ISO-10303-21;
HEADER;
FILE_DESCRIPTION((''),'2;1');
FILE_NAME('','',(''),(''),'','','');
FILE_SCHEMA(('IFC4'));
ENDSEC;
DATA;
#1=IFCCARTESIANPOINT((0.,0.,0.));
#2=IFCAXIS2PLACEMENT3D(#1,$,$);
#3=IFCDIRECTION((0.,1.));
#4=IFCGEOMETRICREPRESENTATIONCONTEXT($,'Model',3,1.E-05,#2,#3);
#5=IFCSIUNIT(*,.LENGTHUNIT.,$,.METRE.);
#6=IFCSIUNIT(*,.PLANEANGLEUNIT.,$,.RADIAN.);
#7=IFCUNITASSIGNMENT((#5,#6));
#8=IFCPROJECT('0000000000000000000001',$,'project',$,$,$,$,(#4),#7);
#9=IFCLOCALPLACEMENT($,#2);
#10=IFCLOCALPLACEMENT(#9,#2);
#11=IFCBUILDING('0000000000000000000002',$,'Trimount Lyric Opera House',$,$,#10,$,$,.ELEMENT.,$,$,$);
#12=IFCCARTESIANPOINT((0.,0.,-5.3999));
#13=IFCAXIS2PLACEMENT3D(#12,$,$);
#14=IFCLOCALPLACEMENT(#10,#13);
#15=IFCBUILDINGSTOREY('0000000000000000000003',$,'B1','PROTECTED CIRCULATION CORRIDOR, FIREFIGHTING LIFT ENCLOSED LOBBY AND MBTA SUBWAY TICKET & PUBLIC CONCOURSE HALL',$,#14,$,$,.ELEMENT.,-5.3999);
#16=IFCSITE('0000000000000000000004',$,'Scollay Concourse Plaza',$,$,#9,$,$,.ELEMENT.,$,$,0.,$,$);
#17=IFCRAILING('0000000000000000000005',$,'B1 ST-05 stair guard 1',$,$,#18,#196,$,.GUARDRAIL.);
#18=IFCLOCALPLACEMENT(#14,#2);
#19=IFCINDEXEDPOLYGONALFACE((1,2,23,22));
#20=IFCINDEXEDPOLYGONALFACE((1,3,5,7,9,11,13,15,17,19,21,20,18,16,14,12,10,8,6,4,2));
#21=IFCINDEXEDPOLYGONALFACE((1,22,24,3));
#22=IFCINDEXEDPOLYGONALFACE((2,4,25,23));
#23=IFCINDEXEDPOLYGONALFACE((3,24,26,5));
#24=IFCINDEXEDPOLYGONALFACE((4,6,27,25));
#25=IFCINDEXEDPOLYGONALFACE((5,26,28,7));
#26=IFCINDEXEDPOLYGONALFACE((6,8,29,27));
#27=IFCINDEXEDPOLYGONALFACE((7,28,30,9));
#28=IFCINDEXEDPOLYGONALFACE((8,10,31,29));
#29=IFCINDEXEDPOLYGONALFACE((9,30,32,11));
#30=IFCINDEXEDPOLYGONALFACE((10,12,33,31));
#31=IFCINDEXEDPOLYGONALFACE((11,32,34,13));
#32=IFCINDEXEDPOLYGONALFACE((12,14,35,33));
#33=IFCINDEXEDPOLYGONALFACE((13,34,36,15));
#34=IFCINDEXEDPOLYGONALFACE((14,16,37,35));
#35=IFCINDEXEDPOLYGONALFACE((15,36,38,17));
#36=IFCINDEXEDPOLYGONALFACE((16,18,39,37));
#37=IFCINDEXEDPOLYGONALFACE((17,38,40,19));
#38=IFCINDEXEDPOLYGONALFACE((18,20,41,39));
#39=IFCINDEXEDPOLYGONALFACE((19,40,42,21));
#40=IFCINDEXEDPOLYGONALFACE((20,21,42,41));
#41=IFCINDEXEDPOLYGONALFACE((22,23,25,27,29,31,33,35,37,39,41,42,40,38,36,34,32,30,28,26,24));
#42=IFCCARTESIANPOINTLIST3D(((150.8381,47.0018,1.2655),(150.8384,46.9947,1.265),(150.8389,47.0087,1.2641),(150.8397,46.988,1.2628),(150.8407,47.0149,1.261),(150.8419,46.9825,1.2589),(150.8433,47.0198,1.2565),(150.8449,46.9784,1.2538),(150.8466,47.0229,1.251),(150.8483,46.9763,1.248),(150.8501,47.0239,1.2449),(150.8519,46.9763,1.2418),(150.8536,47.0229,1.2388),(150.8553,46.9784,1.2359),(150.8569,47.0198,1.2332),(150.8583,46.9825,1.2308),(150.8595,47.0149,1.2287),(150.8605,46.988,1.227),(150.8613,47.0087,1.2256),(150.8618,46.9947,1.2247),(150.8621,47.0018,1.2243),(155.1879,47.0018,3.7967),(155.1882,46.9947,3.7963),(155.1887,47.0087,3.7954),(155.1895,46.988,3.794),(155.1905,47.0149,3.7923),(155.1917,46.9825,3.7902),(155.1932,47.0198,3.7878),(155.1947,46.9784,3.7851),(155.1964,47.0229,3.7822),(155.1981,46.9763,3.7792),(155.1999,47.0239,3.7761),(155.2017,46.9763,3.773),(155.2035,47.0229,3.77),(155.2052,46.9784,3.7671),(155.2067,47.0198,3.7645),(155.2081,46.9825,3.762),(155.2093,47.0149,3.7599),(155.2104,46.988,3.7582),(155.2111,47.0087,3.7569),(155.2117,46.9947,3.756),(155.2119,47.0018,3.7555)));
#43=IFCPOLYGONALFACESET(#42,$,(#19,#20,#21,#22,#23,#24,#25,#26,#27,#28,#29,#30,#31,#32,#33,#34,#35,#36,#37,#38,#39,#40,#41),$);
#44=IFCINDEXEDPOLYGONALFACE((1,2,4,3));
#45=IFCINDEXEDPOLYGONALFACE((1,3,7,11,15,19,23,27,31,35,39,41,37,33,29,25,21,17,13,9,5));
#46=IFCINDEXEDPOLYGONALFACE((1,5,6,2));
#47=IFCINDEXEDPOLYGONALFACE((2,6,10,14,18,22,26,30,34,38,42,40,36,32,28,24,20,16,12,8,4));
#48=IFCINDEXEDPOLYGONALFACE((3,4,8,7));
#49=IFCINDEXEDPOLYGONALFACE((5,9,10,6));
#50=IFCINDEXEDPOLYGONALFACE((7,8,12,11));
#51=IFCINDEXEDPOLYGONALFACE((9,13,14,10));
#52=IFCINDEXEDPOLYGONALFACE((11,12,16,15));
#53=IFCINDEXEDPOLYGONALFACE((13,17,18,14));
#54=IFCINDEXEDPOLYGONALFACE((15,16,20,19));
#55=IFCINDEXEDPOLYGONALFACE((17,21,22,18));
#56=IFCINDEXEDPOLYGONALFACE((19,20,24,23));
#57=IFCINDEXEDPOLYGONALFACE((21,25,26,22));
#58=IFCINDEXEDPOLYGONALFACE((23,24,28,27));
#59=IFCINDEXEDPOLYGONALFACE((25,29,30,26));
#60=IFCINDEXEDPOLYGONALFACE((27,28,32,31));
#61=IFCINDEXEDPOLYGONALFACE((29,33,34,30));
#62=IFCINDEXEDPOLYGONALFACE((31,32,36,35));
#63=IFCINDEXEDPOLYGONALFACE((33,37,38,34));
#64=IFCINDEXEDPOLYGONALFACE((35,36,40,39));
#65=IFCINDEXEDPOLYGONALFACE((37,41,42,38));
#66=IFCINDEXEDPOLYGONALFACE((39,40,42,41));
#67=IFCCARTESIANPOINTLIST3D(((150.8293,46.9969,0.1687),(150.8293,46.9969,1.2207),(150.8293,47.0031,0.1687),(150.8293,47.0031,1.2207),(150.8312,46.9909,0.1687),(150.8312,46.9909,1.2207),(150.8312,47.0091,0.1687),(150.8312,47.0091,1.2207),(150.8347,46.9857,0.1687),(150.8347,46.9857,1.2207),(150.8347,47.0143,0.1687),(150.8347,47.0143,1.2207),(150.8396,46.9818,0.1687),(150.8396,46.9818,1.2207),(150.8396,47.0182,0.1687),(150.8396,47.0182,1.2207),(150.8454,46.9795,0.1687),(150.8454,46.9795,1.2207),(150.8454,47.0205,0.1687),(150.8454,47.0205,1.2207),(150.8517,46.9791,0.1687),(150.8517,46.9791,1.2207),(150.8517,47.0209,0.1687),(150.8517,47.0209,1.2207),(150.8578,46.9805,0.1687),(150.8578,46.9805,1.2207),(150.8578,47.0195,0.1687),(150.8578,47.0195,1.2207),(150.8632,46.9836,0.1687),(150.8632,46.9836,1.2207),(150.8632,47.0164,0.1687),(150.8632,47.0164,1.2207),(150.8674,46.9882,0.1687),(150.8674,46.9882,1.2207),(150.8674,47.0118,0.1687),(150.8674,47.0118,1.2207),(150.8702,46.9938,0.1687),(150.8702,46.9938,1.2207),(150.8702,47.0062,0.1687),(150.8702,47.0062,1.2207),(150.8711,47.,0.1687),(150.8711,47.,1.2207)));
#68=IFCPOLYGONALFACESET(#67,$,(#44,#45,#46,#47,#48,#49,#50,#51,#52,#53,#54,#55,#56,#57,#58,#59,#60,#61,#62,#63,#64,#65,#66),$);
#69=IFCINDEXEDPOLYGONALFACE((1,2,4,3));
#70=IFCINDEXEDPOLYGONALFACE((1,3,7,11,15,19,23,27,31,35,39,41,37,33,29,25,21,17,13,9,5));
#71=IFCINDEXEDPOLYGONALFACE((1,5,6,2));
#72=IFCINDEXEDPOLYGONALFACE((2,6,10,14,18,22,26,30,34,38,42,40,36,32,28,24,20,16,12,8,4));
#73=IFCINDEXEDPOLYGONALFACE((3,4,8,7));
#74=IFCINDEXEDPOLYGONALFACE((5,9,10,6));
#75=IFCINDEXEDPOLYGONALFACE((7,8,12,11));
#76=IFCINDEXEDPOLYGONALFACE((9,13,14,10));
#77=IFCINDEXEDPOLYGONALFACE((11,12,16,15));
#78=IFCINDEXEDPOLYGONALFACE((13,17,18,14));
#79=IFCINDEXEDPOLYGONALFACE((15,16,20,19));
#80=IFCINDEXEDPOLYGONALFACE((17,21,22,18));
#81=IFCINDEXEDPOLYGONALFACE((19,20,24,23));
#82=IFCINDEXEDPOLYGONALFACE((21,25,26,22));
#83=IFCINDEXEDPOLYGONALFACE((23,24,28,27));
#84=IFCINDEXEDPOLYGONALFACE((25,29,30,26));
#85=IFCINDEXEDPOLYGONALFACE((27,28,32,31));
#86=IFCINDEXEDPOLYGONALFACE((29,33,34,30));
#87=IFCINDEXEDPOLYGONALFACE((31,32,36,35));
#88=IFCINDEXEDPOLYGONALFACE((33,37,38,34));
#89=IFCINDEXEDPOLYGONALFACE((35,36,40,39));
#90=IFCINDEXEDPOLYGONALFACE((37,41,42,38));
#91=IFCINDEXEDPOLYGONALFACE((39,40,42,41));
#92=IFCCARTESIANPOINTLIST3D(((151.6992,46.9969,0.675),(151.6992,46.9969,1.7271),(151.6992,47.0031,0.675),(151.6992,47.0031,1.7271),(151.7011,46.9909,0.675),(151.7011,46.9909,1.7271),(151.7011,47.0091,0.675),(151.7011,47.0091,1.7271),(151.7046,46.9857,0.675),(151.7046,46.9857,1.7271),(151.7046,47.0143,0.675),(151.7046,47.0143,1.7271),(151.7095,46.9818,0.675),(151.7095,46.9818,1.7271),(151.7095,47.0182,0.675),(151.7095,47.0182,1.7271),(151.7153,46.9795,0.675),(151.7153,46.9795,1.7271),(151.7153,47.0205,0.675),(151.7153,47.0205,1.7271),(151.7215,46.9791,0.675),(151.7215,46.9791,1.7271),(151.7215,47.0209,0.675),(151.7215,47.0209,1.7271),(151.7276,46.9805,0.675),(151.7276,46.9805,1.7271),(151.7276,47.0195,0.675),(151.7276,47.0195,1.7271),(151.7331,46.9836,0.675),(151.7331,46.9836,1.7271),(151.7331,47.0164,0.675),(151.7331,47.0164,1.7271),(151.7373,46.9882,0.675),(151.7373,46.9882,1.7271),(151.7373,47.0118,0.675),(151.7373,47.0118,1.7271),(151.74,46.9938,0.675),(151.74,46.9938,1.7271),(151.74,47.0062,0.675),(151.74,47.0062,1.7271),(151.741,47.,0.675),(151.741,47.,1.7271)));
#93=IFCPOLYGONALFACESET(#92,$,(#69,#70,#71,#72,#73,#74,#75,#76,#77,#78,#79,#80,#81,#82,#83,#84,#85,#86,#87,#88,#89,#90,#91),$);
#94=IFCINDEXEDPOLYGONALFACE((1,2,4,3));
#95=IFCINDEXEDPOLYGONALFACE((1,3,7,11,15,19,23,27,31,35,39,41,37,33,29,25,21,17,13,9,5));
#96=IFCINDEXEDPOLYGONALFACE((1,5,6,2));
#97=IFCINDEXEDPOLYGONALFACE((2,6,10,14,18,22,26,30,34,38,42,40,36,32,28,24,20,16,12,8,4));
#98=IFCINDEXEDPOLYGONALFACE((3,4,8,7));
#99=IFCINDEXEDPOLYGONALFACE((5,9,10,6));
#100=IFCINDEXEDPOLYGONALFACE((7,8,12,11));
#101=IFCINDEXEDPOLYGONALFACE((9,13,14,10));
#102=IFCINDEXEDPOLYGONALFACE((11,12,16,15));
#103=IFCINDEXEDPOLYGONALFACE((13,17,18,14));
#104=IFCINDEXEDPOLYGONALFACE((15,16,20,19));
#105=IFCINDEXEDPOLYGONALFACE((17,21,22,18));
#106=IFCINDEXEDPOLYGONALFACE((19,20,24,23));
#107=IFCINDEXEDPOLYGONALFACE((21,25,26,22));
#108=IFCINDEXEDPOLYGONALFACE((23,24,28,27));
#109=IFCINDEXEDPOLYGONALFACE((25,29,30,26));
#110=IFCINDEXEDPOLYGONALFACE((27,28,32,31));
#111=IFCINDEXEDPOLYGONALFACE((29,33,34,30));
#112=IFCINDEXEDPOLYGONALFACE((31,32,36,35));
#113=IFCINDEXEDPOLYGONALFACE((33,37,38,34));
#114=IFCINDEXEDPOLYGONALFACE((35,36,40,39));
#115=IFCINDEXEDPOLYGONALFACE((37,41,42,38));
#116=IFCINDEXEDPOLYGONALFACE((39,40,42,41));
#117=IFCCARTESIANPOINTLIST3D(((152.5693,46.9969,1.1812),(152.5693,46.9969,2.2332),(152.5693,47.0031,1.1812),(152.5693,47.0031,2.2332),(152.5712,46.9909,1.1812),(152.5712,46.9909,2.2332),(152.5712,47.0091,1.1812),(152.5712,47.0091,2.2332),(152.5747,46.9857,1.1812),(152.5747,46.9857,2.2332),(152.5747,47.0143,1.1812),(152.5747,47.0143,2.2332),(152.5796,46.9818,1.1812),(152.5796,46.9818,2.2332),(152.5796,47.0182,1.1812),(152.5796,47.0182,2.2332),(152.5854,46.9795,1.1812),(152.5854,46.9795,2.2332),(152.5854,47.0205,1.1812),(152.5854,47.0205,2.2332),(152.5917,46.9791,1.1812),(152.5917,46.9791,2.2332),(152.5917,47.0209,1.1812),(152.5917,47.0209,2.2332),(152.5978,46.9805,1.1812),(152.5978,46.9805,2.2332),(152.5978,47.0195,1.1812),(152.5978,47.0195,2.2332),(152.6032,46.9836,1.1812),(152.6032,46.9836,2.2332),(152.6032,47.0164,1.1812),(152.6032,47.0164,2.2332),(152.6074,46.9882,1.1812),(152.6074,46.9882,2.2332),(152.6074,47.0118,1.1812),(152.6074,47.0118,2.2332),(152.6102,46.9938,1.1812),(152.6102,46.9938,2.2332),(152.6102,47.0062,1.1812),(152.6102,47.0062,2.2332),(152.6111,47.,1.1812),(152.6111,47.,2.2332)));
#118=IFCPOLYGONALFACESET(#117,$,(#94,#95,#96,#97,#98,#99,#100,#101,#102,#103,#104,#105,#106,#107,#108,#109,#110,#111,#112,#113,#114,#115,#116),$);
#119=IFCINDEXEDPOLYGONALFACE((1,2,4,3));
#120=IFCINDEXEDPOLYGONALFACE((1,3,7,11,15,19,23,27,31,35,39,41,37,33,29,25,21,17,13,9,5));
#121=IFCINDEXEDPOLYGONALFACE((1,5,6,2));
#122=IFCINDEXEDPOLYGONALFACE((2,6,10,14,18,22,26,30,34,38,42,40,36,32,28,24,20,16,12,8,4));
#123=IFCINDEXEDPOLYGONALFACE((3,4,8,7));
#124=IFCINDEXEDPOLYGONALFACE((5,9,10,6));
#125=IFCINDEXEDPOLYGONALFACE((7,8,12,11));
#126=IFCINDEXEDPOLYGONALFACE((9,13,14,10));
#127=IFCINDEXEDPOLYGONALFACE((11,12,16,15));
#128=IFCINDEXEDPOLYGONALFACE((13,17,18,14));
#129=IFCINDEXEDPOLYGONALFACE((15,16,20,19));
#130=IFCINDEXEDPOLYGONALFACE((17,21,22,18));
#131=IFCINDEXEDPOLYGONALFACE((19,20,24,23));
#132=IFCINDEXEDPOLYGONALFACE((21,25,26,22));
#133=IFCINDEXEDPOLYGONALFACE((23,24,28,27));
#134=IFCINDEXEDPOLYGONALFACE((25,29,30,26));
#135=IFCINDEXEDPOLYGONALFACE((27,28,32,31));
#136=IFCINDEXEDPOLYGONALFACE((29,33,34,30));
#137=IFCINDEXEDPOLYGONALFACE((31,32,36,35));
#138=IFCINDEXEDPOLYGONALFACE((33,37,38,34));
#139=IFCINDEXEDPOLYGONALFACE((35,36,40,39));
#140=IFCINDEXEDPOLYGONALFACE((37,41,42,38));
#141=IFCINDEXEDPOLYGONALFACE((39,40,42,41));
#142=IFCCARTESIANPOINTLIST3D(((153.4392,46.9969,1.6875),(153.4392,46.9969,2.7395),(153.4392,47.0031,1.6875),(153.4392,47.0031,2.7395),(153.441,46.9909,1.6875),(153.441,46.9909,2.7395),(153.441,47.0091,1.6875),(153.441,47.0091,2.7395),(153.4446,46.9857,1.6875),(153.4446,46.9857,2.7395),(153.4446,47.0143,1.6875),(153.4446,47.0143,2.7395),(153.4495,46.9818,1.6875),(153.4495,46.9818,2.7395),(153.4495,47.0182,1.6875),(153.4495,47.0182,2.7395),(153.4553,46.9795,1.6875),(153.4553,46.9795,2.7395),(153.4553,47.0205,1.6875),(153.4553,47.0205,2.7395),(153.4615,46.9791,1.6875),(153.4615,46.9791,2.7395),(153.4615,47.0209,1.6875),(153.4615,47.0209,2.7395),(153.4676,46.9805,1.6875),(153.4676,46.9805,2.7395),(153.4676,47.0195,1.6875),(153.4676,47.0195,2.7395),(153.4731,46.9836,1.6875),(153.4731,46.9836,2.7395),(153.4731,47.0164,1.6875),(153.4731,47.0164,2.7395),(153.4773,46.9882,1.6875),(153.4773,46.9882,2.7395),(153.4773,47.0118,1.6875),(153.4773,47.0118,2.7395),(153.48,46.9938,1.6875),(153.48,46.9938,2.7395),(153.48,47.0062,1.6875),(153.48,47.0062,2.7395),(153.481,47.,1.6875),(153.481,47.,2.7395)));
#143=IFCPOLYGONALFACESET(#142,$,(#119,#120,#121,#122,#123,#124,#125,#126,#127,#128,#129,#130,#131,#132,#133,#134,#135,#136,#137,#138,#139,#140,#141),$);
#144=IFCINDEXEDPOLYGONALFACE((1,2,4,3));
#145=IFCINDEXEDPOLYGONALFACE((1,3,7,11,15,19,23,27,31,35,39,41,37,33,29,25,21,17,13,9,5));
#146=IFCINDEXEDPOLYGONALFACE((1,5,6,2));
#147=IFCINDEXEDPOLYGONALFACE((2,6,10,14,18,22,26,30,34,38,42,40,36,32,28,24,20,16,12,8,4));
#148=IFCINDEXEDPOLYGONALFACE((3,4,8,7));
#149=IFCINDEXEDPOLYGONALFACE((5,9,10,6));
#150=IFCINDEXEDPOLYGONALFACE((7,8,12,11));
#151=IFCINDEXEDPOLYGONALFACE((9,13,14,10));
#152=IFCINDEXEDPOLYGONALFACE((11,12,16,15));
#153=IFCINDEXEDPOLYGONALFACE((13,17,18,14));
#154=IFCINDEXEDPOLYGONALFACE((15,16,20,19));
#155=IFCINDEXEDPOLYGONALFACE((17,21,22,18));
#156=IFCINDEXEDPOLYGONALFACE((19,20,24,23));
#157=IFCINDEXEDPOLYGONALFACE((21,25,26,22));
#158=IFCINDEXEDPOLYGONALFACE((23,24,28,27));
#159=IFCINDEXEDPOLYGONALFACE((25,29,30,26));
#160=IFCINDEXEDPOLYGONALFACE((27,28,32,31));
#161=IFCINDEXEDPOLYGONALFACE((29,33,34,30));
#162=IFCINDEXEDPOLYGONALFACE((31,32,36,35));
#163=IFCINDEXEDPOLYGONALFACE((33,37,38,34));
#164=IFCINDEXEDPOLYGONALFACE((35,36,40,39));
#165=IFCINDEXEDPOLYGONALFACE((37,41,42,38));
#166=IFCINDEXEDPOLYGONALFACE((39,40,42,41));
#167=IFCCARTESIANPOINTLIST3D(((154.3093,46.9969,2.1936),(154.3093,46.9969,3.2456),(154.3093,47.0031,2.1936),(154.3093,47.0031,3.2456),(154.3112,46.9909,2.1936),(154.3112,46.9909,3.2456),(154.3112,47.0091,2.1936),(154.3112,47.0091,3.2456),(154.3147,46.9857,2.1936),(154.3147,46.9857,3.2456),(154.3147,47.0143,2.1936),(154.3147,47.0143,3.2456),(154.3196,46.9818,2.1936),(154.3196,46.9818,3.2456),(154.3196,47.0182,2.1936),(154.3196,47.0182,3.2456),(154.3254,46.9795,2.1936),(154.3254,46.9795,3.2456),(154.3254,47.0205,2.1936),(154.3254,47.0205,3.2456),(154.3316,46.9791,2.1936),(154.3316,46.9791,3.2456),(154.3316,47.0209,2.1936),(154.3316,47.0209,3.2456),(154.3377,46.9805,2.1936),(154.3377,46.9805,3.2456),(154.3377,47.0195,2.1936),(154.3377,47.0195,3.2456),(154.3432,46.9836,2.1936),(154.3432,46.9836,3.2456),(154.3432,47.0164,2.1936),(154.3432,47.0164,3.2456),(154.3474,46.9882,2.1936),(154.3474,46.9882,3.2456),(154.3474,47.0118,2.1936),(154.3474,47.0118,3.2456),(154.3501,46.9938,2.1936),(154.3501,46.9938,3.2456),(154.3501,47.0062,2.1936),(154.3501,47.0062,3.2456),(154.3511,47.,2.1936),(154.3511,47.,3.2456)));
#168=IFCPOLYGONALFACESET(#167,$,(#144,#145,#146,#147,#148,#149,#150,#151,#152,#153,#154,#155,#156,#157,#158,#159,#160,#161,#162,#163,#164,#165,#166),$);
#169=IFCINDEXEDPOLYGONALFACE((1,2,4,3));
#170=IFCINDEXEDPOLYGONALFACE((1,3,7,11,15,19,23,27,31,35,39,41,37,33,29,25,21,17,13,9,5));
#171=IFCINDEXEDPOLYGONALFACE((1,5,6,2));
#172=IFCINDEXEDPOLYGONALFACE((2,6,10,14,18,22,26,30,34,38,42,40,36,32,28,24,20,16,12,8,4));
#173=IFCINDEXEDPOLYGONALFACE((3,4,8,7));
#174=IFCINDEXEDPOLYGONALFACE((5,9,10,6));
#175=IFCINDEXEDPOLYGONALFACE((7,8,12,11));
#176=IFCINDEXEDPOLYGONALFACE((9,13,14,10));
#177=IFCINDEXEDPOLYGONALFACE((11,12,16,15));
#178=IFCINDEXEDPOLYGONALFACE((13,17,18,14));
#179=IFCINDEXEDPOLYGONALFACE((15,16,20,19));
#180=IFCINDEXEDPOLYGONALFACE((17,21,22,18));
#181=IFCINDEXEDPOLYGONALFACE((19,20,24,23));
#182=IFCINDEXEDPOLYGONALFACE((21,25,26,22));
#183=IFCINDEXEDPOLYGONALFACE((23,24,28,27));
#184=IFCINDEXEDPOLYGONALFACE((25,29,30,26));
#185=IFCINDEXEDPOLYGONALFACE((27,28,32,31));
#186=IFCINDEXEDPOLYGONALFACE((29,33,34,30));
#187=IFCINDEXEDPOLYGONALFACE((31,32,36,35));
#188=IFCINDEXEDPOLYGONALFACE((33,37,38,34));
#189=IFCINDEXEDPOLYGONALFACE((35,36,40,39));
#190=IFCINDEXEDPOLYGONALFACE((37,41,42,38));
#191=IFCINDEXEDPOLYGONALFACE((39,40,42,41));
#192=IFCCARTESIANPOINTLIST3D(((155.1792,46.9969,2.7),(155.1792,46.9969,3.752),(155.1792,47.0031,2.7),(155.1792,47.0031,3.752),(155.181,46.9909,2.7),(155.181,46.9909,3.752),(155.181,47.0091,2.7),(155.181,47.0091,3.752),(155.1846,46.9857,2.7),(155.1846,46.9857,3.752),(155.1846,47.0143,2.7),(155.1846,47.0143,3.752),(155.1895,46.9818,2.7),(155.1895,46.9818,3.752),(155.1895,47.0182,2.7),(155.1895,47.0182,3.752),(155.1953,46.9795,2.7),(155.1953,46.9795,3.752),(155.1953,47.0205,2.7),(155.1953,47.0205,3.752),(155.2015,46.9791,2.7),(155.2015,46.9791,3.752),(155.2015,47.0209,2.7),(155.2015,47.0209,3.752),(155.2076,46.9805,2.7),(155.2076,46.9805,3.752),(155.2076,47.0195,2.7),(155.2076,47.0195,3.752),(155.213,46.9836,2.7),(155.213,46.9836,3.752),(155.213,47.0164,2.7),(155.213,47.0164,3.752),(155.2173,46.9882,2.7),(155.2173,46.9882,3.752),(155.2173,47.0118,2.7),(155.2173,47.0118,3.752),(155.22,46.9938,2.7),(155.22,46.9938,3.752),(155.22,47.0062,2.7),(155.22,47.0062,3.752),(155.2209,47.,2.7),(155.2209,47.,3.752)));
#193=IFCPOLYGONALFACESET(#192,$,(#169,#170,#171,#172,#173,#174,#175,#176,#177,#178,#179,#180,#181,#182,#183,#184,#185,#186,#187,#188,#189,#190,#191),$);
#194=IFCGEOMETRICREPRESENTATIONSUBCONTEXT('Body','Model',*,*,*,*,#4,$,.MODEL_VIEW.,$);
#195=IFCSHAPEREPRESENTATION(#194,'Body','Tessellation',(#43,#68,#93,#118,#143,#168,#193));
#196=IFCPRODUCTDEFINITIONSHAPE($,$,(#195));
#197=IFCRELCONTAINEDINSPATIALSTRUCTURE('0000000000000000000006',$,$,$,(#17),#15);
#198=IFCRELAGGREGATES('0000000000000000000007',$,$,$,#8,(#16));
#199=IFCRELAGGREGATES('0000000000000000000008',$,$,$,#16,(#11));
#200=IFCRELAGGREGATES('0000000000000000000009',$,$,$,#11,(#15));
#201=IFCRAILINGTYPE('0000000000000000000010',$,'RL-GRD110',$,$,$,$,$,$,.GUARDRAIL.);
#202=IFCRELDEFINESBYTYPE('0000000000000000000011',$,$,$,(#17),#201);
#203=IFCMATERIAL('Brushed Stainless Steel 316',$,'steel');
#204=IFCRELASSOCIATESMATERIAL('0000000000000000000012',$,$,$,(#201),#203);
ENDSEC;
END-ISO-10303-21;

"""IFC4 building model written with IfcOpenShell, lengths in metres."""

from ifc_helpers import new_model, si_unit, direction, frame, origin, origin_2d, place, context, subcontext, project, spatial, circle, extrude, material, type_object, element, save


model = new_model("IFC4")

# Units and contexts
model_context = context("Model", 3, precision=1e-05, world=origin(), true_north=direction((0.0, 1.0)))
body_context = subcontext(model_context, "Body", "Model", "MODEL_VIEW")
ifc_project = project(units=[si_unit("LENGTHUNIT", "METRE"), si_unit("PLANEANGLEUNIT", "RADIAN")], contexts=[model_context])

# Site, building, storey
site_placement = place(None, origin())
site = spatial("IfcSite", under=ifc_project, at=site_placement, Name="Scollay Concourse Plaza", CompositionType="ELEMENT", RefElevation=0.0)
building_placement = place(site_placement, origin())
building = spatial("IfcBuilding", under=site, at=building_placement, Name="Trimount Lyric Opera House", CompositionType="ELEMENT")
storey_placement = place(building_placement, frame((0.0, 0.0, -5.3999)))
storey = spatial("IfcBuildingStorey", under=building, at=storey_placement, Name="B1", Description="PROTECTED CIRCULATION CORRIDOR, FIREFIGHTING LIFT ENCLOSED LOBBY AND MBTA SUBWAY TICKET & PUBLIC CONCOURSE HALL", CompositionType="ELEMENT", Elevation=-5.3999)

# Railing
ifc_material_1 = material(Name="Brushed Stainless Steel 316", Category="steel")
railing_type_1 = type_object("IfcRailingType", Name="RL-GRD110", PredefinedType="GUARDRAIL", material=ifc_material_1)
railing_1_placement = place(storey_placement, frame((150.8501, 47.0, 0.1687)))
element("IfcRailing", 1, at=railing_1_placement, inside=storey, type_object=railing_type_1, Name="B1 ST-05 stair guard 1", PredefinedType="GUARDRAIL", context=body_context, shape_type="SweptSolid", body=[
    extrude(circle(Radius=0.0239, at=origin_2d()), frame((0.0, 0.0, 1.0762), z_axis=(0.864312, 0.0, 0.502957), x_axis=(0.0, 1.0, 0.0)), (0.0, 0.0, 1.0), 5.0327),
    extrude(circle(Radius=0.021, at=origin_2d()), origin(), (0.0, 0.0, 1.0), 1.052),
    extrude(circle(Radius=0.021, at=origin_2d()), frame((0.8699, 0.0, 0.5063)), (0.0, 0.0, 1.0), 1.052),
    extrude(circle(Radius=0.021, at=origin_2d()), frame((1.74, 0.0, 1.0125)), (0.0, 0.0, 1.0), 1.052),
    extrude(circle(Radius=0.021, at=origin_2d()), frame((2.6099, 0.0, 1.5188)), (0.0, 0.0, 1.0), 1.052),
    extrude(circle(Radius=0.021, at=origin_2d()), frame((3.48, 0.0, 2.0249)), (0.0, 0.0, 1.0), 1.052),
    extrude(circle(Radius=0.021, at=origin_2d()), frame((4.3499, 0.0, 2.5312)), (0.0, 0.0, 1.0), 1.052),
])

save(model, "model.ifc")
